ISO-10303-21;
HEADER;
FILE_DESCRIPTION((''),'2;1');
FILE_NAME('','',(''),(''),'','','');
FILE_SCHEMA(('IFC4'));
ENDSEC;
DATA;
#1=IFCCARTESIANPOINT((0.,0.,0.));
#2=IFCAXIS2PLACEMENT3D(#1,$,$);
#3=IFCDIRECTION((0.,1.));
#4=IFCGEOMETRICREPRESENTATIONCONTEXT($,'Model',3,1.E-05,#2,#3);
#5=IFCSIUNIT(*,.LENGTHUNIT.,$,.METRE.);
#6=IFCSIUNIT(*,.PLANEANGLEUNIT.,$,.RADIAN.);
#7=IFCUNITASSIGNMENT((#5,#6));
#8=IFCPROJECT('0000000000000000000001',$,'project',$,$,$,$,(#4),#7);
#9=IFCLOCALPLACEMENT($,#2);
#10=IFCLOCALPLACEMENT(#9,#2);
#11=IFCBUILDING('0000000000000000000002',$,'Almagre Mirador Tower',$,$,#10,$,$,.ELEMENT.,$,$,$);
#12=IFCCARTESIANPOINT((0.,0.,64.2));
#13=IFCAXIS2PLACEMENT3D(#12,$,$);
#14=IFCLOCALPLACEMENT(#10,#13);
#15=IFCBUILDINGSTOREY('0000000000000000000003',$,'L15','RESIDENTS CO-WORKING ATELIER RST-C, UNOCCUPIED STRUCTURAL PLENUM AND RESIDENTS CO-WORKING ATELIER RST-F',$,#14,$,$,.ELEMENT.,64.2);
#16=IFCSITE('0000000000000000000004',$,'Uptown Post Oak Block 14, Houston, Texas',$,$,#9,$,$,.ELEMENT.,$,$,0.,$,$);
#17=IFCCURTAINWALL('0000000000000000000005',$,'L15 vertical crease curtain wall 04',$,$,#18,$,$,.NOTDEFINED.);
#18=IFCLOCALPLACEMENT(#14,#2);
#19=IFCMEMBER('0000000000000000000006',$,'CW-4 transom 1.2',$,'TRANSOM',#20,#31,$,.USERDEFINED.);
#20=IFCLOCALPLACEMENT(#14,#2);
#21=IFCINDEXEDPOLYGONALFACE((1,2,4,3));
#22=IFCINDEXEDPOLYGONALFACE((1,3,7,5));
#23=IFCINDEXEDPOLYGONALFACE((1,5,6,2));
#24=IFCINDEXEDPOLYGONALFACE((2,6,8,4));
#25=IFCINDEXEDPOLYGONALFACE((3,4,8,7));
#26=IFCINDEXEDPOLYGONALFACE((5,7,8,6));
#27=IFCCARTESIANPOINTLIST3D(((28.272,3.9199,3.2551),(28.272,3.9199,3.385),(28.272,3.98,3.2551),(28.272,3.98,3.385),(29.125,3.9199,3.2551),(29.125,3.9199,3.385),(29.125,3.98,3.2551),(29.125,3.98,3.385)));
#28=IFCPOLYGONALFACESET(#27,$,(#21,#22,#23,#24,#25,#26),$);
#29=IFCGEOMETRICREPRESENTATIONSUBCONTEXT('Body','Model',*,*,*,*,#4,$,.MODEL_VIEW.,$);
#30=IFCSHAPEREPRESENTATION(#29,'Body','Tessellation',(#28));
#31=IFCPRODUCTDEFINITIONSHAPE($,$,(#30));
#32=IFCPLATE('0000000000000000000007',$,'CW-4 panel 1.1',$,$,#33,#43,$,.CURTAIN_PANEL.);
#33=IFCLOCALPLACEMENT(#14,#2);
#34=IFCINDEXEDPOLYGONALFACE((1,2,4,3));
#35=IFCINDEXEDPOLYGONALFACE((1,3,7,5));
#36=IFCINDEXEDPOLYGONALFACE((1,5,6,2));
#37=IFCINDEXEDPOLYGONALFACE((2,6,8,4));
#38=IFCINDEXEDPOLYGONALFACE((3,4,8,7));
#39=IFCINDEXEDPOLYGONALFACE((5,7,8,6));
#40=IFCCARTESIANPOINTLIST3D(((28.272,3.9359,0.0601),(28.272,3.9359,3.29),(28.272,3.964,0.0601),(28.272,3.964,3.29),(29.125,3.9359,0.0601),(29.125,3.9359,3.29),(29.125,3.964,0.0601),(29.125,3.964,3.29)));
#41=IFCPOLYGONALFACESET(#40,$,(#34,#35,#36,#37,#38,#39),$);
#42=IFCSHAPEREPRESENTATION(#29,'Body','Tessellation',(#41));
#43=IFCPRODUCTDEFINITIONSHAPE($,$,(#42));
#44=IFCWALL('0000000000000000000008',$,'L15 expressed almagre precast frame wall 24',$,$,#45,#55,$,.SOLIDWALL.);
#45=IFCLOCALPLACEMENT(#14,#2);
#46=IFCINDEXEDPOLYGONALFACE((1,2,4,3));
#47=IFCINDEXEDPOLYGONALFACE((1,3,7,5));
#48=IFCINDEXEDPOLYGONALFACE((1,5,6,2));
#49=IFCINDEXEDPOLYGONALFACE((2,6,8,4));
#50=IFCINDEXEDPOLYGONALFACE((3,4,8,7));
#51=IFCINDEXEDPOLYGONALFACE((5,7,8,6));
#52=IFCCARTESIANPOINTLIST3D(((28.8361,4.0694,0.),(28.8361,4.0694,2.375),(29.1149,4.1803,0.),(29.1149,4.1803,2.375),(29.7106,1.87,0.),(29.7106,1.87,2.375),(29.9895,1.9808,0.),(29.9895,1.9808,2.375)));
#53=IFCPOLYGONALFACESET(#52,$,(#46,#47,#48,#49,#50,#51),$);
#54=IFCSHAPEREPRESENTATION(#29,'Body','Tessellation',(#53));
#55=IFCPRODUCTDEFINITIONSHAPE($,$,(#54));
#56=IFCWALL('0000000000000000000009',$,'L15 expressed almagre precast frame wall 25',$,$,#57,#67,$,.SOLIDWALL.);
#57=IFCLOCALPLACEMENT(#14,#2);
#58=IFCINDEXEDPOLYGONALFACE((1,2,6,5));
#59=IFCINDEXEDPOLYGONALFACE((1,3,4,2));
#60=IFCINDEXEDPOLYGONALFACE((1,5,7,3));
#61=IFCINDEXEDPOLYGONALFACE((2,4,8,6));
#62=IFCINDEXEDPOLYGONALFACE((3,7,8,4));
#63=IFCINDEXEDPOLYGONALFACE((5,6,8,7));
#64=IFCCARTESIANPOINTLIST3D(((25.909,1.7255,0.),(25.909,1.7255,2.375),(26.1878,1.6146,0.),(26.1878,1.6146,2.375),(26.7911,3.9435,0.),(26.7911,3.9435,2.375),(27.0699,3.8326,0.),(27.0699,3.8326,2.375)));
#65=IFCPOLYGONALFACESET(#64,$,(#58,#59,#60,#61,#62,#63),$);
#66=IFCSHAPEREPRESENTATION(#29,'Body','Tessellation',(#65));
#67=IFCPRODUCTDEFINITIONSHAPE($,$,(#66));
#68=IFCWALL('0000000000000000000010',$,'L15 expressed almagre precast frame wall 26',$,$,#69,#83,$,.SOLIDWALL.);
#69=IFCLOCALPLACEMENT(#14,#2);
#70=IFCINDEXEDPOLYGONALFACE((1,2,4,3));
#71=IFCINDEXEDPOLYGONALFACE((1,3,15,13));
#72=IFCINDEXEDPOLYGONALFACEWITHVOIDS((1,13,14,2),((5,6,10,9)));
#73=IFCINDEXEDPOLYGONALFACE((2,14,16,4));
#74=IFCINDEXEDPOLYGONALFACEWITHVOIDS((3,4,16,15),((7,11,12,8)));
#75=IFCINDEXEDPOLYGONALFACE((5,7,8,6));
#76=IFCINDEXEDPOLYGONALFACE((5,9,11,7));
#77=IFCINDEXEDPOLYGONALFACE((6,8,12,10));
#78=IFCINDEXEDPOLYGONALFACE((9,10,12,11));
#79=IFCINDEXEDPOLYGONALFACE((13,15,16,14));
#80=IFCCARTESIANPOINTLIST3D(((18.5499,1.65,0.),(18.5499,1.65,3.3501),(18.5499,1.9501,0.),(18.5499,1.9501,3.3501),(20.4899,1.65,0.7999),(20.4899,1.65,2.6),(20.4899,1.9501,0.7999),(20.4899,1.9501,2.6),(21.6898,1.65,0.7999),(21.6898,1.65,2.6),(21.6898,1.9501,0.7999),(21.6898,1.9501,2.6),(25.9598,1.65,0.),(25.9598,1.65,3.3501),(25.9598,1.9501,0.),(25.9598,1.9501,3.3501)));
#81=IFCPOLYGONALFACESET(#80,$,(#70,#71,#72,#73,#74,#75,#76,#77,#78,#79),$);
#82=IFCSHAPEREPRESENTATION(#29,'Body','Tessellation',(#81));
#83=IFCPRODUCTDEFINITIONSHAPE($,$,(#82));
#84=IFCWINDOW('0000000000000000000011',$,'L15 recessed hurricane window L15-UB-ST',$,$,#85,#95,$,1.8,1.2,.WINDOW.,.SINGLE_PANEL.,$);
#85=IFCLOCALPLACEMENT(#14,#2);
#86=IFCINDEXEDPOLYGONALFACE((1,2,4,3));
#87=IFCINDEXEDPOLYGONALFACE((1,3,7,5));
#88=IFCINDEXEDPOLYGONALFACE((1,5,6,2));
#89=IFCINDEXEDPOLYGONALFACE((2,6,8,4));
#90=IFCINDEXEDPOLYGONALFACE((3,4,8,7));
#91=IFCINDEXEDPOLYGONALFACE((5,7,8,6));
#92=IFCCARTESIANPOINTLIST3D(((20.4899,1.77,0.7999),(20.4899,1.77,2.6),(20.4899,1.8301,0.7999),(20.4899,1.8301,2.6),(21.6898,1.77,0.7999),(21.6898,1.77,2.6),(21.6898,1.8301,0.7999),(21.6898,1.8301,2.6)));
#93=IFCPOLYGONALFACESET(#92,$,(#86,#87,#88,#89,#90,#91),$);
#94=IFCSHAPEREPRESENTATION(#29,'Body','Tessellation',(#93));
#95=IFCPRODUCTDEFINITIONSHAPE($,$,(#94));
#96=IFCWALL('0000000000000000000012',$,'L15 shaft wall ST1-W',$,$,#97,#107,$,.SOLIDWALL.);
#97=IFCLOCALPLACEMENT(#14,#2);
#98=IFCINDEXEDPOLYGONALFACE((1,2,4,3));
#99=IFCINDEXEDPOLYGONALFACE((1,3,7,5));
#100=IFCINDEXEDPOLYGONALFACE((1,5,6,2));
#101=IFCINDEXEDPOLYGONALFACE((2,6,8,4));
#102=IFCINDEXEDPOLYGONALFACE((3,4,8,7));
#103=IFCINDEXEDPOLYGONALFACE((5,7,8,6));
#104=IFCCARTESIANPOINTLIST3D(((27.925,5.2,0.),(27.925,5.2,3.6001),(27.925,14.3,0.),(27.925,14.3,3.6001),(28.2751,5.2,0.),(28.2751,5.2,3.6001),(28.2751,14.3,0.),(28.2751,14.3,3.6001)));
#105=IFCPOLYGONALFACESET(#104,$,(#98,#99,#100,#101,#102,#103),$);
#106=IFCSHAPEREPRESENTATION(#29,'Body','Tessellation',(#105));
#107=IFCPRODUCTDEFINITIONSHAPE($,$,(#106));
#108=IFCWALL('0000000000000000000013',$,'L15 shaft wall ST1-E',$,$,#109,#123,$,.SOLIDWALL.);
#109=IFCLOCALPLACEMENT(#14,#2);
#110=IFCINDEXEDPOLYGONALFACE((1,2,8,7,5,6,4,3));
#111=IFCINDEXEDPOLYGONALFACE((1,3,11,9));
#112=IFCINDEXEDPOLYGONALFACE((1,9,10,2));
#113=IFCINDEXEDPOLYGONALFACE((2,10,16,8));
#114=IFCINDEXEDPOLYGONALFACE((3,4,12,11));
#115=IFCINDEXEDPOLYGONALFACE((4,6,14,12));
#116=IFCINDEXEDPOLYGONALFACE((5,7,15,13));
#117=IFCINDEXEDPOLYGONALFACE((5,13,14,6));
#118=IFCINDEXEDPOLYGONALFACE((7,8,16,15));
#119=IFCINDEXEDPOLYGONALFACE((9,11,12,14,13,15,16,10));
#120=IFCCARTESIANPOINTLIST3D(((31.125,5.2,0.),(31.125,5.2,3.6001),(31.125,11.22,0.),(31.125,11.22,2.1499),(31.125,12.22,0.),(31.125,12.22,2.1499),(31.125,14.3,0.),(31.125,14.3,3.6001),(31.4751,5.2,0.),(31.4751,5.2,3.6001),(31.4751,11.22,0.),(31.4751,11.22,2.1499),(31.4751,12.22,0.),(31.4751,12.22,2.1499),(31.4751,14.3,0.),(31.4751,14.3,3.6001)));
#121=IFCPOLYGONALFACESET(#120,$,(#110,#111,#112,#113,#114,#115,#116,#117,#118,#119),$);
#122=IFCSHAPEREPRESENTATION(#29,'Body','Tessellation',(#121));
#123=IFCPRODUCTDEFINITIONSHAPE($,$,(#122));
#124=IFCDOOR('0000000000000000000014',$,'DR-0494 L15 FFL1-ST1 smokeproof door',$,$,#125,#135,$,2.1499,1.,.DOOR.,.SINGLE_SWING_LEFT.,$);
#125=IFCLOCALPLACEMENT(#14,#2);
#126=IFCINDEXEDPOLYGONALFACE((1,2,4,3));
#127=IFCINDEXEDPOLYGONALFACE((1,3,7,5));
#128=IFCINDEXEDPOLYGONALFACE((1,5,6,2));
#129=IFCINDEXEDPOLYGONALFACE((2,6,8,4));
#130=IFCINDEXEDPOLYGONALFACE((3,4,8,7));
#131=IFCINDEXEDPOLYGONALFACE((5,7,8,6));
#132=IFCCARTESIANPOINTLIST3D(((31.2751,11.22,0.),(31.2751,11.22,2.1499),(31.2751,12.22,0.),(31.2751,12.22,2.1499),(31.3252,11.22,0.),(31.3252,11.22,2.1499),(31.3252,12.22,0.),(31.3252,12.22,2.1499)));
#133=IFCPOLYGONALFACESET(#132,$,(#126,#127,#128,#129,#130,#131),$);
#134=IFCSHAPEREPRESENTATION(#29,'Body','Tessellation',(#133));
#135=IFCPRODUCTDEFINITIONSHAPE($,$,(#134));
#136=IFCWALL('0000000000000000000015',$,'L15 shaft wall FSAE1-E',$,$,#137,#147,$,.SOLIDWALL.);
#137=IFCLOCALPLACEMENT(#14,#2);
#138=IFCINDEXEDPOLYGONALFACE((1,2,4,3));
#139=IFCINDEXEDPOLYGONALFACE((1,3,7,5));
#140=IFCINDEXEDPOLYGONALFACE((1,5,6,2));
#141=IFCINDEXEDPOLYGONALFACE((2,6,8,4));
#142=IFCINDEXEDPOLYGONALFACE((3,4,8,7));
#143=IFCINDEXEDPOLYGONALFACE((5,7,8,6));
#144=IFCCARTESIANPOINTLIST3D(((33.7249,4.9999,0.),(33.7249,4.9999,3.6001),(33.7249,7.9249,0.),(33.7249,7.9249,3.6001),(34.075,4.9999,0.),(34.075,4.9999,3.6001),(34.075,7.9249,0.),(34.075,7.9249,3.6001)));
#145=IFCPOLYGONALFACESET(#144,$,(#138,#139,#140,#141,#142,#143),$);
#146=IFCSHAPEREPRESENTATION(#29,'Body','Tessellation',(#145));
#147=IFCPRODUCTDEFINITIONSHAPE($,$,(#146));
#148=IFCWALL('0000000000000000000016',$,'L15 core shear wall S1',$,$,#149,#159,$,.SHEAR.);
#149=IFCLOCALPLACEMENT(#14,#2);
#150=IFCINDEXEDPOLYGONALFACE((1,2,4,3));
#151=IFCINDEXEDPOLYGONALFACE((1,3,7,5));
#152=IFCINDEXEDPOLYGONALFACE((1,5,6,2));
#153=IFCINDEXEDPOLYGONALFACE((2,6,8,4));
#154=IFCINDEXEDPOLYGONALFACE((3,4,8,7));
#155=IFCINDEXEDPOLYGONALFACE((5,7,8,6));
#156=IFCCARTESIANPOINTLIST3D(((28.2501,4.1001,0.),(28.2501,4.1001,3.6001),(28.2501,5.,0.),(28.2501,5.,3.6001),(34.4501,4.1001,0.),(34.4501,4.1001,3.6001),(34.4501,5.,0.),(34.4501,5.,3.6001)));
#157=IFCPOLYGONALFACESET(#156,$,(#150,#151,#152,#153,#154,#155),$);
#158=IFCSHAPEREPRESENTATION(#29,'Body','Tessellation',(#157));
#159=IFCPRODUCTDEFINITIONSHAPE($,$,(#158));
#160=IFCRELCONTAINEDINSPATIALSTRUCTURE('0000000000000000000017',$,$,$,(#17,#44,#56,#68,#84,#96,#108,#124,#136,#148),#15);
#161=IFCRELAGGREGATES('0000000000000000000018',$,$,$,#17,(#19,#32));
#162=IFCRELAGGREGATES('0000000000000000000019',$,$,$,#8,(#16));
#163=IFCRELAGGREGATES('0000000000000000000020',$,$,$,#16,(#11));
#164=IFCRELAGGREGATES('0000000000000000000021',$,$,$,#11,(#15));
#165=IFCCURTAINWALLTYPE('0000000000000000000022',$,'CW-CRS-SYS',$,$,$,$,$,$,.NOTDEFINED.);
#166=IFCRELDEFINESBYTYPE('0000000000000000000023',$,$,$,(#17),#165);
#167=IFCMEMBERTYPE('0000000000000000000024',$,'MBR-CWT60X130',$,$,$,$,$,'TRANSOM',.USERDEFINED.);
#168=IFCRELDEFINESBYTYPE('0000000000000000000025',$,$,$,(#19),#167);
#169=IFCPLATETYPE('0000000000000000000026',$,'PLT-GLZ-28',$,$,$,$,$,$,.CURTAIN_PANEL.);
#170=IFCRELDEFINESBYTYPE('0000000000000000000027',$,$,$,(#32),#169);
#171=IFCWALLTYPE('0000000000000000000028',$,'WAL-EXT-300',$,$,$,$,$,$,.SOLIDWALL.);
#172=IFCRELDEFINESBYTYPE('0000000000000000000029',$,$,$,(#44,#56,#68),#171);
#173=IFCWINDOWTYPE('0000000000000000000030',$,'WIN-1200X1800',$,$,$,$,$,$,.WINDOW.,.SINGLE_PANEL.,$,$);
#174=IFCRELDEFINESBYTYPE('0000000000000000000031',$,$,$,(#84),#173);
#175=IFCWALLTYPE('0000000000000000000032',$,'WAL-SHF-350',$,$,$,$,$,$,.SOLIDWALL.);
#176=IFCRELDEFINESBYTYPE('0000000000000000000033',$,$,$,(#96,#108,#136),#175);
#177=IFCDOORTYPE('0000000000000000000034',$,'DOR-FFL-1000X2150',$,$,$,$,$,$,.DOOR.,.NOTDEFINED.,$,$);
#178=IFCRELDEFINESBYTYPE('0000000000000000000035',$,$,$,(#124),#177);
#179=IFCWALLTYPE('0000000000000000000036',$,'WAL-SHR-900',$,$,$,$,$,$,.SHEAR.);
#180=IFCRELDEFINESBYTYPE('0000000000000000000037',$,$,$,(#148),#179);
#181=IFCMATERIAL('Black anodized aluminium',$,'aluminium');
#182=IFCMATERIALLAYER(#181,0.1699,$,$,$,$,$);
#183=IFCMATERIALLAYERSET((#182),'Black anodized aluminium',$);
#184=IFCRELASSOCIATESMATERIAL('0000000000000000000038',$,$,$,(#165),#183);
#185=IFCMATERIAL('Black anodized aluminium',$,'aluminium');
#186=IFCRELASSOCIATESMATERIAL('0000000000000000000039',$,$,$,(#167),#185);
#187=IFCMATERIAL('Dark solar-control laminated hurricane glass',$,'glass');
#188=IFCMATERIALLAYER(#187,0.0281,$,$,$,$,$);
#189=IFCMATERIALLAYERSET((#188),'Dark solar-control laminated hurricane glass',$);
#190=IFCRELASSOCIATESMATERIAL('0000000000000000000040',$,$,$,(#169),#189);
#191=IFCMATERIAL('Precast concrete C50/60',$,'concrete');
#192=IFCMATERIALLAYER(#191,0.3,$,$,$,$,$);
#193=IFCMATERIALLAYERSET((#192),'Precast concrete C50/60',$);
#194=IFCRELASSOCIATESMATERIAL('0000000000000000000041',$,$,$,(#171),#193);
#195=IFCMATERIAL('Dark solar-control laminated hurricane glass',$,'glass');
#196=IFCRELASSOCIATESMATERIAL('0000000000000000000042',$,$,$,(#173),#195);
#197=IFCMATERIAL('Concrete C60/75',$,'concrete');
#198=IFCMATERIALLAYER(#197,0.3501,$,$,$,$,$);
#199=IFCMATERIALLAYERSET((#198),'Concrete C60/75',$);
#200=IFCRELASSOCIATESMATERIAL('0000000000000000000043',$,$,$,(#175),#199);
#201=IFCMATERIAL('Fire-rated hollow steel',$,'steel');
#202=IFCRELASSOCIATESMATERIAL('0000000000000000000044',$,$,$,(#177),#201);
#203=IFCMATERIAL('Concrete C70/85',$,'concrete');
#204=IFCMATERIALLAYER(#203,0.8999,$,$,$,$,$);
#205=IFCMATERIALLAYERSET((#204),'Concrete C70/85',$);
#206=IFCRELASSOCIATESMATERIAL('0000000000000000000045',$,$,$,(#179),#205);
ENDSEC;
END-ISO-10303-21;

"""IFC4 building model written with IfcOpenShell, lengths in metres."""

from ifc_helpers import new_model, si_unit, direction, frame, frame_2d, origin, origin_2d, place, context, subcontext, project, spatial, rectangle, extrude, material, layer, layer_set, material_profile, profile_set, type_object, element, fill, aggregate, save


model = new_model("IFC4")

# Units and contexts
model_context = context("Model", 3, precision=1e-05, world=origin(), true_north=direction((0.0, 1.0)))
body_context = subcontext(model_context, "Body", "Model", "MODEL_VIEW")
ifc_project = project(units=[si_unit("LENGTHUNIT", "METRE"), si_unit("PLANEANGLEUNIT", "RADIAN")], contexts=[model_context])

# Site, building, storey
site_placement = place(None, origin())
site = spatial("IfcSite", under=ifc_project, at=site_placement, Name="Uptown Post Oak Block 14, Houston, Texas", CompositionType="ELEMENT", RefElevation=0.0)
building_placement = place(site_placement, origin())
building = spatial("IfcBuilding", under=site, at=building_placement, Name="Almagre Mirador Tower", CompositionType="ELEMENT")
storey_placement = place(building_placement, frame((0.0, 0.0, 64.2)))
storey = spatial("IfcBuildingStorey", under=building, at=storey_placement, Name="L15", Description="RESIDENTS CO-WORKING ATELIER RST-C, UNOCCUPIED STRUCTURAL PLENUM AND RESIDENTS CO-WORKING ATELIER RST-F", CompositionType="ELEMENT", Elevation=64.2)

# Curtain wall, member, plate
ifc_material_1 = material(Name="Black anodized aluminium", Category="aluminium")
ifc_layer_1 = layer(ifc_material_1, 0.1699)
ifc_layer_set_1 = layer_set([ifc_layer_1], Name="Black anodized aluminium")
curtain_wall_type = type_object("IfcCurtainWallType", Name="CW-CRS-SYS", PredefinedType="NOTDEFINED", material=ifc_layer_set_1)
curtain_wall_placement = place(storey_placement, origin())
curtain_wall = element("IfcCurtainWall", 1, at=curtain_wall_placement, inside=storey, type_object=curtain_wall_type, Name="L15 vertical crease curtain wall 04", PredefinedType="NOTDEFINED")
ifc_material_2 = material(Name="Black anodized aluminium", Category="aluminium")
ifc_material_profile_1 = material_profile(ifc_material_2, rectangle(XDim=0.0601, YDim=0.1299, at=origin_2d()), Name="CWT60X130")
ifc_profile_set_1 = profile_set([ifc_material_profile_1], Name="Black anodized aluminium")
member_type_1 = type_object("IfcMemberType", Name="MBR-CWT60X130", ElementType="TRANSOM", PredefinedType="USERDEFINED", material=ifc_profile_set_1)
member_1_placement = place(storey_placement, frame((29.125, 3.95, 3.3201), z_axis=(-1.0, 0.0, 0.0), x_axis=(0.0, -1.0, 0.0)))
member_1 = element("IfcMember", 2, at=member_1_placement, type_object=member_type_1, Name="CW-4 transom 1.2", ObjectType="TRANSOM", PredefinedType="USERDEFINED", context=body_context, shape_type="SweptSolid", body=[
    extrude(rectangle(XDim=0.0601, YDim=0.1299, at=origin_2d()), origin(), (0.0, 0.0, 1.0), 0.853),
])
ifc_material_3 = material(Name="Dark solar-control laminated hurricane glass", Category="glass")
ifc_layer_2 = layer(ifc_material_3, 0.0281)
ifc_layer_set_2 = layer_set([ifc_layer_2], Name="Dark solar-control laminated hurricane glass")
plate_type = type_object("IfcPlateType", Name="PLT-GLZ-28", PredefinedType="CURTAIN_PANEL", material=ifc_layer_set_2)
plate_placement = place(storey_placement, frame((28.6985, 3.95, 0.0601), z_axis=(0.0, 0.0, 1.0), x_axis=(-1.0, 0.0, 0.0)))
plate = element("IfcPlate", 3, at=plate_placement, type_object=plate_type, Name="CW-4 panel 1.1", PredefinedType="CURTAIN_PANEL", context=body_context, shape_type="SweptSolid", body=[
    extrude(rectangle(XDim=0.853, YDim=0.0281, at=origin_2d()), origin(), (0.0, 0.0, 1.0), 3.23),
])
aggregate(curtain_wall, [member_1, plate])

# Walls
ifc_material_4 = material(Name="Precast concrete C50/60", Category="concrete")
ifc_layer_3 = layer(ifc_material_4, 0.3)
ifc_layer_set_3 = layer_set([ifc_layer_3], Name="Precast concrete C50/60")
wall_type_1 = type_object("IfcWallType", Name="WAL-EXT-300", PredefinedType="SOLIDWALL", material=ifc_layer_set_3)
wall_1_placement = place(storey_placement, frame((29.8501, 1.9253, 0.0), z_axis=(0.0, 0.0, 1.0), x_axis=(-0.369469, 0.929243, 0.0)))
element("IfcWall", 4, at=wall_1_placement, inside=storey, type_object=wall_type_1, Name="L15 expressed almagre precast frame wall 24", PredefinedType="SOLIDWALL", context=body_context, shape_type="SweptSolid", body=[
    extrude(rectangle(XDim=2.3669, YDim=0.3, at=frame_2d((1.1836, 0.0))), origin(), (0.0, 0.0, 1.0), 2.375),
])
wall_2_placement = place(storey_placement, frame((26.9304, 3.8879, 0.0), z_axis=(0.0, 0.0, 1.0), x_axis=(-0.369538, -0.929215, 0.0)))
element("IfcWall", 5, at=wall_2_placement, inside=storey, type_object=wall_type_1, Name="L15 expressed almagre precast frame wall 25", PredefinedType="SOLIDWALL", context=body_context, shape_type="SweptSolid", body=[
    extrude(rectangle(XDim=2.387, YDim=0.3, at=frame_2d((1.1934, 0.0))), origin(), (0.0, 0.0, 1.0), 2.375),
])

# Wall, opening, window
wall_3_placement = place(storey_placement, frame((25.96, 1.8, 0.0), z_axis=(0.0, 0.0, 1.0), x_axis=(-1.0, 0.0, 0.0)))
wall_3 = element("IfcWall", 6, at=wall_3_placement, inside=storey, type_object=wall_type_1, Name="L15 expressed almagre precast frame wall 26", PredefinedType="SOLIDWALL", context=body_context, shape_type="SweptSolid", body=[
    extrude(rectangle(XDim=7.4099, YDim=0.3, at=frame_2d((3.7051, 0.0))), origin(), (0.0, 0.0, 1.0), 3.3501),
])
opening_1_placement = place(wall_3_placement, frame((4.27, 0.0, 0.8)))
opening_1 = element("IfcOpeningElement", 7, at=opening_1_placement, cuts=wall_3, PredefinedType="OPENING", context=body_context, shape_type="SweptSolid", body=[
    extrude(rectangle(XDim=1.2, YDim=1.8, at=frame_2d((0.6001, 0.8999))), frame((0.0, 0.1599, 0.0), z_axis=(0.0, -1.0, 0.0), x_axis=(1.0, 0.0, 0.0)), (0.0, 0.0, 1.0), 0.32),
])
ifc_material_5 = material(Name="Dark solar-control laminated hurricane glass", Category="glass")
window_type = type_object("IfcWindowType", Name="WIN-1200X1800", PartitioningType="SINGLE_PANEL", PredefinedType="WINDOW", material=ifc_material_5)
window_placement = place(opening_1_placement, origin())
window = element("IfcWindow", 8, at=window_placement, inside=storey, type_object=window_type, Name="L15 recessed hurricane window L15-UB-ST", OverallHeight=1.8, OverallWidth=1.2, PartitioningType="SINGLE_PANEL", PredefinedType="WINDOW", context=body_context, shape_type="SweptSolid", body=[
    extrude(rectangle(XDim=1.2, YDim=1.8, at=frame_2d((0.6001, 0.8999))), frame((0.0, 0.03, 0.0), z_axis=(0.0, -1.0, 0.0), x_axis=(1.0, 0.0, 0.0)), (0.0, 0.0, 1.0), 0.0601),
])
fill(opening_1, window)

# Wall
ifc_material_6 = material(Name="Concrete C60/75", Category="concrete")
ifc_layer_4 = layer(ifc_material_6, 0.3501)
ifc_layer_set_4 = layer_set([ifc_layer_4], Name="Concrete C60/75")
wall_type_2 = type_object("IfcWallType", Name="WAL-SHF-350", PredefinedType="SOLIDWALL", material=ifc_layer_set_4)
wall_4_placement = place(storey_placement, frame((28.1001, 5.2, 0.0), z_axis=(0.0, 0.0, 1.0), x_axis=(0.0, 1.0, 0.0)))
element("IfcWall", 9, at=wall_4_placement, inside=storey, type_object=wall_type_2, Name="L15 shaft wall ST1-W", PredefinedType="SOLIDWALL", context=body_context, shape_type="SweptSolid", body=[
    extrude(rectangle(XDim=9.1001, YDim=0.3501, at=frame_2d((4.55, 0.0))), origin(), (0.0, 0.0, 1.0), 3.6001),
])

# Wall, opening, door
wall_5_placement = place(storey_placement, frame((31.3, 5.2, 0.0), z_axis=(0.0, 0.0, 1.0), x_axis=(0.0, 1.0, 0.0)))
wall_5 = element("IfcWall", 10, at=wall_5_placement, inside=storey, type_object=wall_type_2, Name="L15 shaft wall ST1-E", PredefinedType="SOLIDWALL", context=body_context, shape_type="SweptSolid", body=[
    extrude(rectangle(XDim=9.1001, YDim=0.3501, at=frame_2d((4.55, 0.0))), origin(), (0.0, 0.0, 1.0), 3.6001),
])
opening_2_placement = place(wall_5_placement, frame((6.02, 0.0, 0.0)))
opening_2 = element("IfcOpeningElement", 11, at=opening_2_placement, cuts=wall_5, PredefinedType="OPENING", context=body_context, shape_type="SweptSolid", body=[
    extrude(rectangle(XDim=1.0, YDim=2.1499, at=frame_2d((0.5, 1.075))), frame((0.0, 0.185, 0.0), z_axis=(0.0, -1.0, 0.0), x_axis=(1.0, 0.0, 0.0)), (0.0, 0.0, 1.0), 0.3701),
])
ifc_material_7 = material(Name="Fire-rated hollow steel", Category="steel")
door_type = type_object("IfcDoorType", Name="DOR-FFL-1000X2150", OperationType="NOTDEFINED", PredefinedType="DOOR", material=ifc_material_7)
door_placement = place(opening_2_placement, origin())
door = element("IfcDoor", 12, at=door_placement, inside=storey, type_object=door_type, Name="DR-0494 L15 FFL1-ST1 smokeproof door", OperationType="SINGLE_SWING_LEFT", OverallHeight=2.1499, OverallWidth=1.0, PredefinedType="DOOR", context=body_context, shape_type="SweptSolid", body=[
    extrude(rectangle(XDim=1.0, YDim=2.1499, at=frame_2d((0.5, 1.075))), frame((0.0, 0.0249, 0.0), z_axis=(0.0, -1.0, 0.0), x_axis=(1.0, 0.0, 0.0)), (0.0, 0.0, 1.0), 0.05),
])
fill(opening_2, door)

# Walls
wall_6_placement = place(storey_placement, frame((33.8999, 5.0, 0.0), z_axis=(0.0, 0.0, 1.0), x_axis=(0.0, 1.0, 0.0)))
element("IfcWall", 13, at=wall_6_placement, inside=storey, type_object=wall_type_2, Name="L15 shaft wall FSAE1-E", PredefinedType="SOLIDWALL", context=body_context, shape_type="SweptSolid", body=[
    extrude(rectangle(XDim=2.925, YDim=0.3501, at=frame_2d((1.4624, 0.0))), origin(), (0.0, 0.0, 1.0), 3.6001),
])
ifc_material_8 = material(Name="Concrete C70/85", Category="concrete")
ifc_layer_5 = layer(ifc_material_8, 0.8999)
ifc_layer_set_5 = layer_set([ifc_layer_5], Name="Concrete C70/85")
wall_type_3 = type_object("IfcWallType", Name="WAL-SHR-900", PredefinedType="SHEAR", material=ifc_layer_set_5)
wall_7_placement = place(storey_placement, frame((28.25, 4.55, 0.0), z_axis=(0.0, 0.0, 1.0), x_axis=(1.0, 0.0, 0.0)))
element("IfcWall", 14, at=wall_7_placement, inside=storey, type_object=wall_type_3, Name="L15 core shear wall S1", PredefinedType="SHEAR", context=body_context, shape_type="SweptSolid", body=[
    extrude(rectangle(XDim=6.2, YDim=0.8999, at=frame_2d((3.1001, 0.0))), origin(), (0.0, 0.0, 1.0), 3.6001),
])

save(model, "model.ifc")
